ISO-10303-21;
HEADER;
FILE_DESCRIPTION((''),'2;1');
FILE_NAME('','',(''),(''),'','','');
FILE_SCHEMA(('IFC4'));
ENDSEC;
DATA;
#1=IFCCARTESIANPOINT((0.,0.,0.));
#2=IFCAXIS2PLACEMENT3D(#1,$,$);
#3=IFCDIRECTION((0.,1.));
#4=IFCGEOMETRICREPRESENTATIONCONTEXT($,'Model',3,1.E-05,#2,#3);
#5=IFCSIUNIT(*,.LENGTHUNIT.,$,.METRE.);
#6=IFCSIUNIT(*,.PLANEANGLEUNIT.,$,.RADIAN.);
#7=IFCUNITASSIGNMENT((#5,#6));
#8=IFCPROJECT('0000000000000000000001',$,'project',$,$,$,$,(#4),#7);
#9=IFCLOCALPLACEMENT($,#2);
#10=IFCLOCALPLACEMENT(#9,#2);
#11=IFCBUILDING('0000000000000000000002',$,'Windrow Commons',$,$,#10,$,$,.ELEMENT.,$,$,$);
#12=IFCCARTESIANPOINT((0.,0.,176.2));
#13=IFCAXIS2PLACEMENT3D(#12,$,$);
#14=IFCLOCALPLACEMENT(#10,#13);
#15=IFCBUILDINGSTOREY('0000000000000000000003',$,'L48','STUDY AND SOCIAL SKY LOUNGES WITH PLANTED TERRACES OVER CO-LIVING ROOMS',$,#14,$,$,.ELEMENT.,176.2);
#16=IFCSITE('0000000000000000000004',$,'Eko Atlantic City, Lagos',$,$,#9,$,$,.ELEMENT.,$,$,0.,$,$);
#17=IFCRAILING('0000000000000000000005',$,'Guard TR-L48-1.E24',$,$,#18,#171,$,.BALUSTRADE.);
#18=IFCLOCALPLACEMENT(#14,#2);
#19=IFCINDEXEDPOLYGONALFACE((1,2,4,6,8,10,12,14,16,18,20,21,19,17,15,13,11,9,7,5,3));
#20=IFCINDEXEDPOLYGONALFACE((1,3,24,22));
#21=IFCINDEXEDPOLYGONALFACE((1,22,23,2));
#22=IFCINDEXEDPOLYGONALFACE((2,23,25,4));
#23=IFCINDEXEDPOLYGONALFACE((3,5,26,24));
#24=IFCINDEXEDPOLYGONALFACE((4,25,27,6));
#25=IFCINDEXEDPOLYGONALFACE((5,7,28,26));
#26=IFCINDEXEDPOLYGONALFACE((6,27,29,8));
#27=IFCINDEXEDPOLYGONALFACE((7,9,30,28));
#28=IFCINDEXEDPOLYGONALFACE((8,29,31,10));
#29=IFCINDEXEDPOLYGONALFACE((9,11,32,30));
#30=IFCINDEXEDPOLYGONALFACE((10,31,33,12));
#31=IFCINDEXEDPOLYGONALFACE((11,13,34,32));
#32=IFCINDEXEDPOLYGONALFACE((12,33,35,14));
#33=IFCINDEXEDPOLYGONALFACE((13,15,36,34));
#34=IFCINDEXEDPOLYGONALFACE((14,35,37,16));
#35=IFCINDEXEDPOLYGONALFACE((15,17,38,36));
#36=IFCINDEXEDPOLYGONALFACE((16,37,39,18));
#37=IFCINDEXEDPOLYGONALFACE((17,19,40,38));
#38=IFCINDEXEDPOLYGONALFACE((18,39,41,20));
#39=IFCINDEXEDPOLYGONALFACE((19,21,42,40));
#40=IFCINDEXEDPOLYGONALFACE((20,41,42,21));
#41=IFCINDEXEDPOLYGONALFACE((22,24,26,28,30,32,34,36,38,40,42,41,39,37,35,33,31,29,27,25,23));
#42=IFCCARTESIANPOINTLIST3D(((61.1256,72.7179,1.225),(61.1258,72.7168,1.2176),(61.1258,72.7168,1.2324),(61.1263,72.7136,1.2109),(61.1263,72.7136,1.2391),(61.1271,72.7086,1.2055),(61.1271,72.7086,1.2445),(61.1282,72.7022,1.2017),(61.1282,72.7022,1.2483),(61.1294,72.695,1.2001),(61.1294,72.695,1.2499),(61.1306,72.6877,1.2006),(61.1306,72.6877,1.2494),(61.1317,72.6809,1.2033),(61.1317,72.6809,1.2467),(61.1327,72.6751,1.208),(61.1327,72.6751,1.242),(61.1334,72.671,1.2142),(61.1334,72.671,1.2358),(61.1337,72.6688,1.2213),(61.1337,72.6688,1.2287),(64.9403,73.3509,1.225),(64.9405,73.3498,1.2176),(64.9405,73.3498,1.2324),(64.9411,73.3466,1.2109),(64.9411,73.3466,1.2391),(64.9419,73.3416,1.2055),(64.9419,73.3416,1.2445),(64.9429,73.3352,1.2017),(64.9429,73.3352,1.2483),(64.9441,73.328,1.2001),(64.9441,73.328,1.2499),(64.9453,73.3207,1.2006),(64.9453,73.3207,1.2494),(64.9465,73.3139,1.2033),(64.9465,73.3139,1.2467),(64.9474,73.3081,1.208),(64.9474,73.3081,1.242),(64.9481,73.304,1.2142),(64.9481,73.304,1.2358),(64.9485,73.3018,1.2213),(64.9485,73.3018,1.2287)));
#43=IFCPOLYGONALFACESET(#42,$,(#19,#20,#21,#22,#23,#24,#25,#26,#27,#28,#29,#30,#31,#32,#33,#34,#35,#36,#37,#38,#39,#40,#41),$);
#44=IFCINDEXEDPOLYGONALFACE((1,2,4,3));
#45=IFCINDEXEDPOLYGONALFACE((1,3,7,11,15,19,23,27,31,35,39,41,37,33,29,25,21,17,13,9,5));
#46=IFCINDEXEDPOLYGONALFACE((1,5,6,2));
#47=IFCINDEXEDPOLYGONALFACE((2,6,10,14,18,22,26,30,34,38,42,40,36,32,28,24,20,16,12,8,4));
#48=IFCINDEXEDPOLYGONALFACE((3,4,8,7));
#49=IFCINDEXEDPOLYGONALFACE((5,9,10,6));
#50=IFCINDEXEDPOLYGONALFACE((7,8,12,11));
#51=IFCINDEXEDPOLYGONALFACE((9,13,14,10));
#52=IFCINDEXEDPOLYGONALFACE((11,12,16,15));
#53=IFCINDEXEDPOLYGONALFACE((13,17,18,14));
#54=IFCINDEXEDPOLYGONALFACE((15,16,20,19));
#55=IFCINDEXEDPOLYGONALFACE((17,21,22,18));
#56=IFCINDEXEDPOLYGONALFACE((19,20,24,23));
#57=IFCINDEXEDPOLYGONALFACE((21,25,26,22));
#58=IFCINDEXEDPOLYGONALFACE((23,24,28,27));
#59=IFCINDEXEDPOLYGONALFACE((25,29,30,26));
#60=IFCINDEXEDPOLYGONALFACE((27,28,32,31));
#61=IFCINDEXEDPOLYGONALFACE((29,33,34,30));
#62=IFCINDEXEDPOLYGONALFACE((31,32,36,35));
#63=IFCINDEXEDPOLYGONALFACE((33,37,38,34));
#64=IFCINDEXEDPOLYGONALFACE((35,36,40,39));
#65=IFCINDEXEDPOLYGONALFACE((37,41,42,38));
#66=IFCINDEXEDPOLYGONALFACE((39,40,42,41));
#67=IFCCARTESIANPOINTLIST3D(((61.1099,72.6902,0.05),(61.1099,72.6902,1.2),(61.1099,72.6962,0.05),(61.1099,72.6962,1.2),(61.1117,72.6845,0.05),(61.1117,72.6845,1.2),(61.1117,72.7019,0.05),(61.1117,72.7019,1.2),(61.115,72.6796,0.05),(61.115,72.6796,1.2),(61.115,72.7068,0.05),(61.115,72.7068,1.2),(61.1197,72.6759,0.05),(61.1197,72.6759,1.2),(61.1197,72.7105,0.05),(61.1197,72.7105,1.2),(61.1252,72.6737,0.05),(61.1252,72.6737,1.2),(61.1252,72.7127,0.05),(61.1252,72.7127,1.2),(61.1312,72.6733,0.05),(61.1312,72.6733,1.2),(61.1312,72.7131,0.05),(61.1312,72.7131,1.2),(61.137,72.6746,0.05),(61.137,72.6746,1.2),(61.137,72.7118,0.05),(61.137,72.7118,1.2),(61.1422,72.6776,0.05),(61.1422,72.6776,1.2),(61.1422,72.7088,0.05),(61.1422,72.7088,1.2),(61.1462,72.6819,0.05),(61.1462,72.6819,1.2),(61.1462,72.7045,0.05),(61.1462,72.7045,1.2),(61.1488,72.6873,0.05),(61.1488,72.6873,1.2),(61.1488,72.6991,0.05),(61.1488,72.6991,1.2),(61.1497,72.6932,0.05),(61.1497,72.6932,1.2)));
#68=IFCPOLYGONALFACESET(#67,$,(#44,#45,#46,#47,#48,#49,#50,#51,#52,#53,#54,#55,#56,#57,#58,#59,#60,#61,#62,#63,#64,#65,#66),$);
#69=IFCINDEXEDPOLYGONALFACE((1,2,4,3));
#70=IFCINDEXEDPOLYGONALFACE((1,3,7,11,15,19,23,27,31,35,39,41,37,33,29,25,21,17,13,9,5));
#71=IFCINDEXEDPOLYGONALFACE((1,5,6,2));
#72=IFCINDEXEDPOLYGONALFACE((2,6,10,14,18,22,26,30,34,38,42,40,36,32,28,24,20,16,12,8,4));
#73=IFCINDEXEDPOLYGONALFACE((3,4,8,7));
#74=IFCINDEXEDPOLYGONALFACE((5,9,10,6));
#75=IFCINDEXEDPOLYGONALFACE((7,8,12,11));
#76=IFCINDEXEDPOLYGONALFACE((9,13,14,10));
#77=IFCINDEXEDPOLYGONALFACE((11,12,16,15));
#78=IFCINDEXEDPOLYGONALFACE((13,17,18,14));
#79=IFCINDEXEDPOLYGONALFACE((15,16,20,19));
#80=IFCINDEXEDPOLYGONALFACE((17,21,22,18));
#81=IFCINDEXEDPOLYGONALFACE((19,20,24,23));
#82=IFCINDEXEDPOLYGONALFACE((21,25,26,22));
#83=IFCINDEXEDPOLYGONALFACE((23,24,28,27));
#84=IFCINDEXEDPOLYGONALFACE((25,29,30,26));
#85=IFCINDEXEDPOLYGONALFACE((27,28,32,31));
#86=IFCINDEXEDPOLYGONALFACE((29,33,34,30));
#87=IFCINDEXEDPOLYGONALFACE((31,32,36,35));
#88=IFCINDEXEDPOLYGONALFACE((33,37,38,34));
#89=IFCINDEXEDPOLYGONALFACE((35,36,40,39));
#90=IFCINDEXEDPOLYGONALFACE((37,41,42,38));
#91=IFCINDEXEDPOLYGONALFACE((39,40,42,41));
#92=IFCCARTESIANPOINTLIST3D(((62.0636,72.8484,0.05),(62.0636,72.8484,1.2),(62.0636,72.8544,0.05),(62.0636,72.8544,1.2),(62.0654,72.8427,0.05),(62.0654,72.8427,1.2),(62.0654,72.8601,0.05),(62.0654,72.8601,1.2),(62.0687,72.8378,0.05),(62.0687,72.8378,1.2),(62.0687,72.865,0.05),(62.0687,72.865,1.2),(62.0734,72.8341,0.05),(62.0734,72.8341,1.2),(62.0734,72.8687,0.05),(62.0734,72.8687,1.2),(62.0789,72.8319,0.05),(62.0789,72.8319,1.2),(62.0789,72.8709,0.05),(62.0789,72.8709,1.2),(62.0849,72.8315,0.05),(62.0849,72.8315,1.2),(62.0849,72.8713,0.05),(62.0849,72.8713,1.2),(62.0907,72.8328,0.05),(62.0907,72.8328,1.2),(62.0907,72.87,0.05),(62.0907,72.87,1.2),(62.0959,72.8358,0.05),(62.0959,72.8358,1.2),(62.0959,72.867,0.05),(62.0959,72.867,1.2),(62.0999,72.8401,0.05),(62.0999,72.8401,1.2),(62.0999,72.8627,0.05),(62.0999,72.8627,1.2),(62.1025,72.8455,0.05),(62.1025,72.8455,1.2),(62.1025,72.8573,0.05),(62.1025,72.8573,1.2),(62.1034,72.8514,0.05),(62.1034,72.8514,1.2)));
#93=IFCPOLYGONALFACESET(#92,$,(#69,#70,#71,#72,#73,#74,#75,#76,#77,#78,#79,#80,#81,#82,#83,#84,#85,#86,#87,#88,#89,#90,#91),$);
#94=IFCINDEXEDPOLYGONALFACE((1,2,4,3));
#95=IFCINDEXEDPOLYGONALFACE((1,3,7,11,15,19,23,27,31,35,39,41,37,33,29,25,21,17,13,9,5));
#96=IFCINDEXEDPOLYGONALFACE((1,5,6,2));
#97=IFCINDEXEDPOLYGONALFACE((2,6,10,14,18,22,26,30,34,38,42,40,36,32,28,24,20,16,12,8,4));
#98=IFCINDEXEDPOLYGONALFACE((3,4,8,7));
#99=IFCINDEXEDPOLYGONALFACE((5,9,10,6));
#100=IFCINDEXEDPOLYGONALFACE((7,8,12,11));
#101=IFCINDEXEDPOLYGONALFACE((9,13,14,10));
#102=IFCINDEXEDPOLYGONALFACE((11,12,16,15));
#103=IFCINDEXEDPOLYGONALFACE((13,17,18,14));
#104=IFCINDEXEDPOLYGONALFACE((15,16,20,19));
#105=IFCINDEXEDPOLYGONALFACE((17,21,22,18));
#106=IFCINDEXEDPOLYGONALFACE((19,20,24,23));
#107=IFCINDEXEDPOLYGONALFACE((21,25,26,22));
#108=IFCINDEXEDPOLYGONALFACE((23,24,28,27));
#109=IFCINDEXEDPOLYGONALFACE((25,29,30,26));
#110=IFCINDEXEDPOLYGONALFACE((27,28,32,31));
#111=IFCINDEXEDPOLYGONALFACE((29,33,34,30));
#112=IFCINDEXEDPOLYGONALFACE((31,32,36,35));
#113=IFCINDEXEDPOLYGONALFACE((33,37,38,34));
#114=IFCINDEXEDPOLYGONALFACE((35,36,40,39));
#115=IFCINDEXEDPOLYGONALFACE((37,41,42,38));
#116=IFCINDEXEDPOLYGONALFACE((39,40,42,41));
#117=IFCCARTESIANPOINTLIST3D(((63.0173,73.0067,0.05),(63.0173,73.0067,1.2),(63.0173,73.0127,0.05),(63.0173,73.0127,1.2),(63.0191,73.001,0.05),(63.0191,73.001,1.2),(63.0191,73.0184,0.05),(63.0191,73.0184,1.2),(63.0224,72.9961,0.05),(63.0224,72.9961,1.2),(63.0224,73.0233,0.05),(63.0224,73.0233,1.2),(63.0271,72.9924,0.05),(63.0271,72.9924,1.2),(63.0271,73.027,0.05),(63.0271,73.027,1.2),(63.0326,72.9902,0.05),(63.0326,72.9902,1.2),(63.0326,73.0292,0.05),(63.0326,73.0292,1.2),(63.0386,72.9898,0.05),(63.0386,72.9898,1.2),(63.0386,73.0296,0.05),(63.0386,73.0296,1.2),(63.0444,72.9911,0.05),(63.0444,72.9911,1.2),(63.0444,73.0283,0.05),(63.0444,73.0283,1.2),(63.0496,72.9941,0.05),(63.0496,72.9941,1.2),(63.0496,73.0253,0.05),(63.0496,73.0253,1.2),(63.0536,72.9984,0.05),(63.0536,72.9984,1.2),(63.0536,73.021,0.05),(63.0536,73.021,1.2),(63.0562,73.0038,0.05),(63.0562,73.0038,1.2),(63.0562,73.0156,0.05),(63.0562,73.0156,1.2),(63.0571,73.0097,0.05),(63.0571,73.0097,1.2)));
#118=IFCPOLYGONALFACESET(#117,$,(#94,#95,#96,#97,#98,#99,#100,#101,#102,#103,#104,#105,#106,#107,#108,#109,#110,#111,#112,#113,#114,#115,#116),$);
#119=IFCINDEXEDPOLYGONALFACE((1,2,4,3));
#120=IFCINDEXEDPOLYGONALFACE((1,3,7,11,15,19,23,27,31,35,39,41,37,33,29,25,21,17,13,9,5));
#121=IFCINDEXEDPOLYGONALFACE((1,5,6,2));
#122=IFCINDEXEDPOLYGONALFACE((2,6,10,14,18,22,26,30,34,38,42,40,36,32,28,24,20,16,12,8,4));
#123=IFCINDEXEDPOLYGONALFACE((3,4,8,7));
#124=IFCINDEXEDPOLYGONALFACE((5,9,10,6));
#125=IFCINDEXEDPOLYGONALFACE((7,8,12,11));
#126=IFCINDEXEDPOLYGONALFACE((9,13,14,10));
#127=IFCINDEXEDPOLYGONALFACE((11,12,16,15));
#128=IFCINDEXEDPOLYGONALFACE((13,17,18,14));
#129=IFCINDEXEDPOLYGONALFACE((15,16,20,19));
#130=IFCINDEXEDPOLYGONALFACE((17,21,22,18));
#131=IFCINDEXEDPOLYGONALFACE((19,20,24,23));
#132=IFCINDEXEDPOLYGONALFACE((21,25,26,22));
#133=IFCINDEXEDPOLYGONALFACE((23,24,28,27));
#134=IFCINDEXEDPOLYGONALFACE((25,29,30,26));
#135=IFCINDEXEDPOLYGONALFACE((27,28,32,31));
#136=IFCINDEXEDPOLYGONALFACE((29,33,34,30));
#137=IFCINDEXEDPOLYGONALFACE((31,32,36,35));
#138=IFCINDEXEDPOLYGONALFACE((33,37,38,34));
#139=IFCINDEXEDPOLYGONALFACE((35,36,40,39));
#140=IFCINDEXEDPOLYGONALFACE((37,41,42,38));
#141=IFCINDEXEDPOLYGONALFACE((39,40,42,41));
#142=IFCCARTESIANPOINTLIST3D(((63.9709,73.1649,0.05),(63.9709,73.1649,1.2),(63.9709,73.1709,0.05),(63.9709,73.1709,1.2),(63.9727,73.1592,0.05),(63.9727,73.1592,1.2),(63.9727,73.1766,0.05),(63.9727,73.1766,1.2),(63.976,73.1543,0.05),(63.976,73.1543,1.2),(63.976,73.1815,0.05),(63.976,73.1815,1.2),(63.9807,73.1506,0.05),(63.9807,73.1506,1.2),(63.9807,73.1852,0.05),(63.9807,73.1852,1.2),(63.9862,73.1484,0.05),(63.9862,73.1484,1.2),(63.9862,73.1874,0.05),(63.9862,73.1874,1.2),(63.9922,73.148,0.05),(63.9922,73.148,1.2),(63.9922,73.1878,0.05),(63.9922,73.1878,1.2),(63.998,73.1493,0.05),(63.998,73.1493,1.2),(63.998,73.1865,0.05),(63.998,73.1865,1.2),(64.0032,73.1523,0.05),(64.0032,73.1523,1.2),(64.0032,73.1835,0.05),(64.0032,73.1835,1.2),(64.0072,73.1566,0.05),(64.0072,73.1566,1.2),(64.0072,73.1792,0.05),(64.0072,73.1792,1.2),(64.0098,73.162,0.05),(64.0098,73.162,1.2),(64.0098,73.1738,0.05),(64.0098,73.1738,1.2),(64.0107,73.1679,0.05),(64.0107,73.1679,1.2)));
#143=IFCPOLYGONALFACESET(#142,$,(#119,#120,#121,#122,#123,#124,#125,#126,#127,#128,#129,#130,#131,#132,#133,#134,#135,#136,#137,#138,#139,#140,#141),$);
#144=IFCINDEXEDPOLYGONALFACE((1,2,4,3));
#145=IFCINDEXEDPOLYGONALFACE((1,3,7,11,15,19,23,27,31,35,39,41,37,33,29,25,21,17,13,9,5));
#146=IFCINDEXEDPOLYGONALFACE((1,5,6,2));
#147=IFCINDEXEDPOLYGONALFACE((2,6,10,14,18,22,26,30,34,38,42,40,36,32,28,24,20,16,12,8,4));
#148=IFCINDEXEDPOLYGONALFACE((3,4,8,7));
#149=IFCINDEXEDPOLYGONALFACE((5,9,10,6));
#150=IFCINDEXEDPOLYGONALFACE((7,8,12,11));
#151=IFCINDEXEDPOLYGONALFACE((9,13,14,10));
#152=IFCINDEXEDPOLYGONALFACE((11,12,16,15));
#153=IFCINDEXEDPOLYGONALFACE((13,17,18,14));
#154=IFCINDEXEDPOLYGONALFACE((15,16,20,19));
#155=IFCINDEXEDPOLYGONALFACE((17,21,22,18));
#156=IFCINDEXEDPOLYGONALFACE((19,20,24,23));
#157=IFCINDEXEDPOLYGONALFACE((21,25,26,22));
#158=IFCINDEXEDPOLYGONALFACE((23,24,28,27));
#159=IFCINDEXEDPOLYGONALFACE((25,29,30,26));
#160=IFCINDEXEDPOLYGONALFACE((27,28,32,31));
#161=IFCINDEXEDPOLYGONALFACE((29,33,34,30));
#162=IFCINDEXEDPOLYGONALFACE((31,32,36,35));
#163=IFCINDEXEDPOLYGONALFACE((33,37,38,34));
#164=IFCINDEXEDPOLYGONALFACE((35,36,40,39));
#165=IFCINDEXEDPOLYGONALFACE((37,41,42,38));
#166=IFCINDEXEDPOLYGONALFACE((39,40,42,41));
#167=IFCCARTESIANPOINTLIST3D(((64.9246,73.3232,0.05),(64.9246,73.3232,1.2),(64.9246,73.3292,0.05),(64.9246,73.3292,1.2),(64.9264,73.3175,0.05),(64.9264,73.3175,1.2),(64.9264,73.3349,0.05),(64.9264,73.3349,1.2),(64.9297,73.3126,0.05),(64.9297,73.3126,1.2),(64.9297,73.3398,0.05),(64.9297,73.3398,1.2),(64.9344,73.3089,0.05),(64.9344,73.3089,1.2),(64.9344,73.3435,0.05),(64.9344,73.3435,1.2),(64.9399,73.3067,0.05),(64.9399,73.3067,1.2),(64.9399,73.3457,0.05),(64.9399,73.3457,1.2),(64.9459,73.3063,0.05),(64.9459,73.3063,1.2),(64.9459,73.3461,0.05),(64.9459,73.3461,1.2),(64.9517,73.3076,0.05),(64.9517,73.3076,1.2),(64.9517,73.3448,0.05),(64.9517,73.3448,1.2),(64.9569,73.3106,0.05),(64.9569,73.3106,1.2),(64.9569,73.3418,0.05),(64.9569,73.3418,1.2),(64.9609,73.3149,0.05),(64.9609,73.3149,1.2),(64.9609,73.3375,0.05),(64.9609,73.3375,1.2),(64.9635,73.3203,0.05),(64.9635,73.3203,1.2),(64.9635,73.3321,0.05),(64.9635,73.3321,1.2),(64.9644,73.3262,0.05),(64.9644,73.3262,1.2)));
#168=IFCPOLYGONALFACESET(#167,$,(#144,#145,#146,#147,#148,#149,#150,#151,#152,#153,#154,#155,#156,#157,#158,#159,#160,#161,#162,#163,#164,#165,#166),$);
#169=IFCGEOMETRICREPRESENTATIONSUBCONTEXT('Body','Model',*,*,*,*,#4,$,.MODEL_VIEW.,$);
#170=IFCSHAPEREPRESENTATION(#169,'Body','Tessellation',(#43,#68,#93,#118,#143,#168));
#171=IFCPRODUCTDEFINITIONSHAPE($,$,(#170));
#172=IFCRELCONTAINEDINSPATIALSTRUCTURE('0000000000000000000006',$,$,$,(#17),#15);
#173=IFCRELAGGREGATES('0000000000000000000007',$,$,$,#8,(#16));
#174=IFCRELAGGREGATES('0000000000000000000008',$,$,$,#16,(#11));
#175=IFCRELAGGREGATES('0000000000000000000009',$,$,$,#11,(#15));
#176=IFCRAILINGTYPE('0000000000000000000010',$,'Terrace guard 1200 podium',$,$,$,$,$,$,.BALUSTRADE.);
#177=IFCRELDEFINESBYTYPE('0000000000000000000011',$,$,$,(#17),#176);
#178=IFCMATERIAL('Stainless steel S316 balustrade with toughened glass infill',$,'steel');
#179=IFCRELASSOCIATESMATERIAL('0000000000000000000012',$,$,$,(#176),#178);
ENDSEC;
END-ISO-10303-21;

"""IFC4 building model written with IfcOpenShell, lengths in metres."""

from ifc_helpers import new_model, si_unit, direction, frame, origin, origin_2d, place, context, subcontext, project, spatial, circle, extrude, material, type_object, element, save


model = new_model("IFC4")

# Units and contexts
model_context = context("Model", 3, precision=1e-05, world=origin(), true_north=direction((0.0, 1.0)))
body_context = subcontext(model_context, "Body", "Model", "MODEL_VIEW")
ifc_project = project(units=[si_unit("LENGTHUNIT", "METRE"), si_unit("PLANEANGLEUNIT", "RADIAN")], contexts=[model_context])

# Site, building, storey
site_placement = place(None, origin())
site = spatial("IfcSite", under=ifc_project, at=site_placement, Name="Eko Atlantic City, Lagos", CompositionType="ELEMENT", RefElevation=0.0)
building_placement = place(site_placement, origin())
building = spatial("IfcBuilding", under=site, at=building_placement, Name="Windrow Commons", CompositionType="ELEMENT")
storey_placement = place(building_placement, frame((0.0, 0.0, 176.2)))
storey = spatial("IfcBuildingStorey", under=building, at=storey_placement, Name="L48", Description="STUDY AND SOCIAL SKY LOUNGES WITH PLANTED TERRACES OVER CO-LIVING ROOMS", CompositionType="ELEMENT", Elevation=176.2)

# Railing
ifc_material_1 = material(Name="Stainless steel S316 balustrade with toughened glass infill", Category="steel")
railing_type_1 = type_object("IfcRailingType", Name="Terrace guard 1200 podium", PredefinedType="BALUSTRADE", material=ifc_material_1)
railing_1_placement = place(storey_placement, frame((61.1297, 72.6932, 0.05)))
element("IfcRailing", 1, at=railing_1_placement, inside=storey, type_object=railing_type_1, Name="Guard TR-L48-1.E24", PredefinedType="BALUSTRADE", context=body_context, shape_type="SweptSolid", body=[
    extrude(circle(Radius=0.025, at=origin_2d()), frame((0.0, 0.0, 1.175), z_axis=(0.98651, 0.163699, 0.0), x_axis=(-0.163699, 0.98651, 0.0)), (0.0, 0.0, 1.0), 3.8669),
    extrude(circle(Radius=0.02, at=origin_2d()), origin(), (0.0, 0.0, 1.0), 1.15),
    extrude(circle(Radius=0.02, at=origin_2d()), frame((0.9537, 0.1582, 0.0)), (0.0, 0.0, 1.0), 1.15),
    extrude(circle(Radius=0.02, at=origin_2d()), frame((1.9074, 0.3165, 0.0)), (0.0, 0.0, 1.0), 1.15),
    extrude(circle(Radius=0.02, at=origin_2d()), frame((2.861, 0.4747, 0.0)), (0.0, 0.0, 1.0), 1.15),
    extrude(circle(Radius=0.02, at=origin_2d()), frame((3.8147, 0.633, 0.0)), (0.0, 0.0, 1.0), 1.15),
])

save(model, "model.ifc")
